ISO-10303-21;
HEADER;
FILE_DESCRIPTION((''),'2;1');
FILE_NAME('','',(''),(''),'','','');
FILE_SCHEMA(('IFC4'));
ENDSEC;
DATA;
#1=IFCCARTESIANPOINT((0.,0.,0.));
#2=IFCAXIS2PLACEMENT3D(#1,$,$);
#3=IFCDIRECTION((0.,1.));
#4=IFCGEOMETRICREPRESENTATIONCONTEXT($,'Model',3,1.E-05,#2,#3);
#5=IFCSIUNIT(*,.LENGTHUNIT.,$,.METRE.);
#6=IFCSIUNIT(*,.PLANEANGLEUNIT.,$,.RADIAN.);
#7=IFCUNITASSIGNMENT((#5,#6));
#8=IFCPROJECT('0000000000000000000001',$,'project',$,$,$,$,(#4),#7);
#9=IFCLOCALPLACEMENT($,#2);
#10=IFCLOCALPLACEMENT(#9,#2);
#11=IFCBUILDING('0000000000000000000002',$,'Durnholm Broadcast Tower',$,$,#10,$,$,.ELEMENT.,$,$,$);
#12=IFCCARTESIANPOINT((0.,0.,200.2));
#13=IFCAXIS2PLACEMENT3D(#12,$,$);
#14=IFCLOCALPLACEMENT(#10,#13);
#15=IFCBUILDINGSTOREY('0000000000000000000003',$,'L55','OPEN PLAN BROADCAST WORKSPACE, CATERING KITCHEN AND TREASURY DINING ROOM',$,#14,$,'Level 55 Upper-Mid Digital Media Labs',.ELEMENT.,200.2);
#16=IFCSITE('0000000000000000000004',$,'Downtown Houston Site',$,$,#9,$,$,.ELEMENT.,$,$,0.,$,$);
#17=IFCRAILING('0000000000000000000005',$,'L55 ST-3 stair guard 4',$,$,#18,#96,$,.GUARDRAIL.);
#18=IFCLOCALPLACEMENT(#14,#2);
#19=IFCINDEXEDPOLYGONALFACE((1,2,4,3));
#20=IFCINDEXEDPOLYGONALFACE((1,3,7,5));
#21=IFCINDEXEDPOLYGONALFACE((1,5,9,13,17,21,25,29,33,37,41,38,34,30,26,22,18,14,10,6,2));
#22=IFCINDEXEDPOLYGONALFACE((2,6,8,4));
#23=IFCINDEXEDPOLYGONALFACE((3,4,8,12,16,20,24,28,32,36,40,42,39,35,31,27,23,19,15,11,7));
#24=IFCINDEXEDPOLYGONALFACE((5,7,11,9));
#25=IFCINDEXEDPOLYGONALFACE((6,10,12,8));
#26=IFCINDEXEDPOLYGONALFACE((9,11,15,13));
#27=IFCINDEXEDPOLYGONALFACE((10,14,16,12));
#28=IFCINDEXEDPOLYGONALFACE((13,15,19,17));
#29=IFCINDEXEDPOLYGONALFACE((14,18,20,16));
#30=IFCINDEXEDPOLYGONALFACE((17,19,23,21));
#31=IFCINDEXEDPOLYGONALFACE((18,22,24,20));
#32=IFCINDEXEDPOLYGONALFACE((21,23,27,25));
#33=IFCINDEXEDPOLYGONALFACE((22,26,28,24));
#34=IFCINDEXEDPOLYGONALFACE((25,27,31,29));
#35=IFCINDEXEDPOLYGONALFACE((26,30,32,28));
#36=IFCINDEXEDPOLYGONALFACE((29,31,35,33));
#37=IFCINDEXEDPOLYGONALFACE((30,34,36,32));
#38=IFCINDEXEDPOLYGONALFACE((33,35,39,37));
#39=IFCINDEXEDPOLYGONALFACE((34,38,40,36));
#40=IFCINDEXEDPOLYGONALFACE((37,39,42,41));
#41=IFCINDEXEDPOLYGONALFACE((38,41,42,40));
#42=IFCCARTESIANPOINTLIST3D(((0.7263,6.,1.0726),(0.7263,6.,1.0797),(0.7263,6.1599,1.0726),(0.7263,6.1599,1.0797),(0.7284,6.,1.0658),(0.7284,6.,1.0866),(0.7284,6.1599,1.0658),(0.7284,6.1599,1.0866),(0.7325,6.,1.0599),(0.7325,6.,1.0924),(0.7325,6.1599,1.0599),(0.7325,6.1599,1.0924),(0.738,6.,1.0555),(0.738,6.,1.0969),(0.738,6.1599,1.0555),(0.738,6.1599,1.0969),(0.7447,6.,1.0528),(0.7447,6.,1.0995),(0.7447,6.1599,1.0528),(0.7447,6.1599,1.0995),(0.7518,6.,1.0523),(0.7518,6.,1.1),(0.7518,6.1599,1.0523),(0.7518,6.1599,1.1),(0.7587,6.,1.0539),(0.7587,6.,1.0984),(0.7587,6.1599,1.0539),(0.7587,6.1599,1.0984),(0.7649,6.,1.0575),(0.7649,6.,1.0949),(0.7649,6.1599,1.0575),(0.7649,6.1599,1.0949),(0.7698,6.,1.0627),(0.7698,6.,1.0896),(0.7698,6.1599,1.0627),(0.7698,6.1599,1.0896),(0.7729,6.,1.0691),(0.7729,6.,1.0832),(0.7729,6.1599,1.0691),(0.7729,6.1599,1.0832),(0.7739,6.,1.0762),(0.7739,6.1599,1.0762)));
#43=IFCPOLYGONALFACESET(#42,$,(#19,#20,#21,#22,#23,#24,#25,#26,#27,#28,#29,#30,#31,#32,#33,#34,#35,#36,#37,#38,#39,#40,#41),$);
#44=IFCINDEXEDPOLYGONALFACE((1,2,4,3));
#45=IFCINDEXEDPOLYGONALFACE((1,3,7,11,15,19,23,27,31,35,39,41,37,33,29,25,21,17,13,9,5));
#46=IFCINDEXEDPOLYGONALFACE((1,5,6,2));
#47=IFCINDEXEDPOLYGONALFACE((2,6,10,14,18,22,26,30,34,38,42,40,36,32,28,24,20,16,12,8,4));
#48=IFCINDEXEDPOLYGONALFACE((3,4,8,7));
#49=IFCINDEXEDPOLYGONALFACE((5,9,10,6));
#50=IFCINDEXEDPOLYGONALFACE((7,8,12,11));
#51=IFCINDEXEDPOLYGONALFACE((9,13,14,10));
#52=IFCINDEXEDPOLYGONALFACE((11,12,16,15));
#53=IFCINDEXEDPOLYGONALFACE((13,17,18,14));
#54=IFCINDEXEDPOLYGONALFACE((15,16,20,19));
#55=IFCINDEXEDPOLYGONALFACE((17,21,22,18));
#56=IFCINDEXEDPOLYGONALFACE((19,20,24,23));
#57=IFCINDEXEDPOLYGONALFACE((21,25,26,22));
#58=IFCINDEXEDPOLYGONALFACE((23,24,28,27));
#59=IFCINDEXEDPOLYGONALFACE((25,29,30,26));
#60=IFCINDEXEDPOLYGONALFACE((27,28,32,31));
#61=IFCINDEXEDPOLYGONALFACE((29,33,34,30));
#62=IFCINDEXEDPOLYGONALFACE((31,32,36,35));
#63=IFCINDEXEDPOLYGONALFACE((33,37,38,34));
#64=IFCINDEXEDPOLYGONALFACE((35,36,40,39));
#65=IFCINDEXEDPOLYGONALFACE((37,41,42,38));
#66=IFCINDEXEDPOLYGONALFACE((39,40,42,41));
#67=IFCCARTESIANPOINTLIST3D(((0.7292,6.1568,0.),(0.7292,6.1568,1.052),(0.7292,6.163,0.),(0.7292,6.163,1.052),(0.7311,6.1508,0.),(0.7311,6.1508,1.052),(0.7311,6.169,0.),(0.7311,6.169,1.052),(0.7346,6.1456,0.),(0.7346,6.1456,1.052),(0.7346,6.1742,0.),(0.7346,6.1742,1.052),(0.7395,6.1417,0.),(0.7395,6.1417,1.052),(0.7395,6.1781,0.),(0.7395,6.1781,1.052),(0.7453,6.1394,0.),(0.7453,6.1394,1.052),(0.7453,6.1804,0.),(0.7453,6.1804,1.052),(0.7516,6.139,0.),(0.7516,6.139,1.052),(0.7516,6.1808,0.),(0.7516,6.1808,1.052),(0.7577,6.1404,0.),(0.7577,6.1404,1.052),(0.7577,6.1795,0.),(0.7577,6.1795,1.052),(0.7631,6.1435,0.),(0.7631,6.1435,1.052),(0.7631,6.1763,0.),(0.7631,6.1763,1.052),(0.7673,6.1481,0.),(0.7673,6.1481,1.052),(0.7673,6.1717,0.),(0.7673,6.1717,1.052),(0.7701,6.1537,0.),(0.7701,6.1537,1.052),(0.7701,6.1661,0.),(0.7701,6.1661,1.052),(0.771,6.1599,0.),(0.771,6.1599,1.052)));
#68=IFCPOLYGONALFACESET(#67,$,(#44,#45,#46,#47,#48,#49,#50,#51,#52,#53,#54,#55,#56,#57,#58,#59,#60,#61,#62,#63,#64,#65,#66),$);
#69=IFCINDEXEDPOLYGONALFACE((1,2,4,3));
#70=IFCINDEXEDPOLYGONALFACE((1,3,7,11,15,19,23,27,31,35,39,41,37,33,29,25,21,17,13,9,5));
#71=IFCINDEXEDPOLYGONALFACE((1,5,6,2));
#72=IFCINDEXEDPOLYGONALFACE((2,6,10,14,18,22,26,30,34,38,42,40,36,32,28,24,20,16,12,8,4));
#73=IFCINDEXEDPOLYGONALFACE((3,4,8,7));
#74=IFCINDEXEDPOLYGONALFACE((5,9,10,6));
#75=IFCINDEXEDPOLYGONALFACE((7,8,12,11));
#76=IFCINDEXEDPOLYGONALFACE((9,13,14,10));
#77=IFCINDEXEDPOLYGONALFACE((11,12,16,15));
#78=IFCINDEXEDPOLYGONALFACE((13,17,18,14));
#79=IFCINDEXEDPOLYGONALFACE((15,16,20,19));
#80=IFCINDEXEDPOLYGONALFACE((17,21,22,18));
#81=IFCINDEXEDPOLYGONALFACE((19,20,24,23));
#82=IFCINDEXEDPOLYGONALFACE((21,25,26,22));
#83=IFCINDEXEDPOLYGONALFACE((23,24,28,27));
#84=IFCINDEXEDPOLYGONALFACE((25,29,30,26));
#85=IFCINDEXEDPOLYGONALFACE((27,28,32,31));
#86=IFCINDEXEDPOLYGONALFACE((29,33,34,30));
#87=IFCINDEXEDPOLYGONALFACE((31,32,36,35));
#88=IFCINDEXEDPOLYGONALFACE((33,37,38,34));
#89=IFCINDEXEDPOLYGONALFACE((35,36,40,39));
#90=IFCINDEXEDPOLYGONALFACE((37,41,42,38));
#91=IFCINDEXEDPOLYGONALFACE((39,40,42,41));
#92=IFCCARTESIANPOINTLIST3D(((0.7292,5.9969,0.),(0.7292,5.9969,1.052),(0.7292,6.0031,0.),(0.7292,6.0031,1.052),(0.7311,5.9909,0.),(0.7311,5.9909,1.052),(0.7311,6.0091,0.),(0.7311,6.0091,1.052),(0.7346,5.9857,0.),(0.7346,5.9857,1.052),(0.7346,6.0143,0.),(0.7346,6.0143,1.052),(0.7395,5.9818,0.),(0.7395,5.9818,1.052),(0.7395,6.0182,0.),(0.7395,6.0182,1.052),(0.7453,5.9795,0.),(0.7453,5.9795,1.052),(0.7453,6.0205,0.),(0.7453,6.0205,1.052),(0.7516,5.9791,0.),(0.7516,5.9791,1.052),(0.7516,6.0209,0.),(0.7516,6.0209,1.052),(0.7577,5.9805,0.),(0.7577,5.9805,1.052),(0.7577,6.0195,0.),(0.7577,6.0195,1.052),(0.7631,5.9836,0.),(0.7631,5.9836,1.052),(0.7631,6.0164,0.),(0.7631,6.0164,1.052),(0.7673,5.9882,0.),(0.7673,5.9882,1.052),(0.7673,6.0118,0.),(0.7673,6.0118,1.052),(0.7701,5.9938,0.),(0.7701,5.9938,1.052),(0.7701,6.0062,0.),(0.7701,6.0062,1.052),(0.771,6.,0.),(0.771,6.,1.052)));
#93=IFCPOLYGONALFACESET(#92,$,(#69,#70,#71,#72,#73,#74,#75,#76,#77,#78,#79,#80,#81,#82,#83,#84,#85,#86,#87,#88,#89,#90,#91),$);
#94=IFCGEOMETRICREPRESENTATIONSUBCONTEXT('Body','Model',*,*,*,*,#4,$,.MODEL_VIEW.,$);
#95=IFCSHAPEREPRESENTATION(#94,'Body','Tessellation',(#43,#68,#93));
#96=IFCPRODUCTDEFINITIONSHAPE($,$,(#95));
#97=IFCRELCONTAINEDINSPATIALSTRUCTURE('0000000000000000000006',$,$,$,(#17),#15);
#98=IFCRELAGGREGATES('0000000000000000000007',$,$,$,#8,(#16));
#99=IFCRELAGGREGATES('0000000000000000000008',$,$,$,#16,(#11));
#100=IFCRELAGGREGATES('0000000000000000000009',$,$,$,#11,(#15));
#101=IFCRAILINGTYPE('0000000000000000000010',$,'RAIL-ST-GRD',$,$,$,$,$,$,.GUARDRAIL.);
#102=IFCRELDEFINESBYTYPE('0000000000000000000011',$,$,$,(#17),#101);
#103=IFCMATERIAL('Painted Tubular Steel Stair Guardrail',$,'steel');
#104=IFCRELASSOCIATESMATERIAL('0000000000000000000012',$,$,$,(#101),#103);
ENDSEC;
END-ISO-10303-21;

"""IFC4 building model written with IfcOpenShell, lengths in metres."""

from ifc_helpers import new_model, si_unit, direction, frame, origin, origin_2d, place, context, subcontext, project, spatial, circle, extrude, material, type_object, element, save


model = new_model("IFC4")

# Units and contexts
model_context = context("Model", 3, precision=1e-05, world=origin(), true_north=direction((0.0, 1.0)))
body_context = subcontext(model_context, "Body", "Model", "MODEL_VIEW")
ifc_project = project(units=[si_unit("LENGTHUNIT", "METRE"), si_unit("PLANEANGLEUNIT", "RADIAN")], contexts=[model_context])

# Site, building, storey
site_placement = place(None, origin())
site = spatial("IfcSite", under=ifc_project, at=site_placement, Name="Downtown Houston Site", CompositionType="ELEMENT", RefElevation=0.0)
building_placement = place(site_placement, origin())
building = spatial("IfcBuilding", under=site, at=building_placement, Name="Durnholm Broadcast Tower", CompositionType="ELEMENT")
storey_placement = place(building_placement, frame((0.0, 0.0, 200.2)))
storey = spatial("IfcBuildingStorey", under=building, at=storey_placement, Name="L55", Description="OPEN PLAN BROADCAST WORKSPACE, CATERING KITCHEN AND TREASURY DINING ROOM", LongName="Level 55 Upper-Mid Digital Media Labs", CompositionType="ELEMENT", Elevation=200.2)

# Railing
ifc_material_1 = material(Name="Painted Tubular Steel Stair Guardrail", Category="steel")
railing_type_1 = type_object("IfcRailingType", Name="RAIL-ST-GRD", PredefinedType="GUARDRAIL", material=ifc_material_1)
railing_1_placement = place(storey_placement, frame((0.75, 6.1599, 0.0)))
element("IfcRailing", 1, at=railing_1_placement, inside=storey, type_object=railing_type_1, Name="L55 ST-3 stair guard 4", PredefinedType="GUARDRAIL", context=body_context, shape_type="SweptSolid", body=[
    extrude(circle(Radius=0.0239, at=origin_2d()), frame((0.0, 0.0, 1.0762), z_axis=(0.0, -1.0, 0.0), x_axis=(1.0, 0.0, 0.0)), (0.0, 0.0, 1.0), 0.1599),
    extrude(circle(Radius=0.021, at=origin_2d()), origin(), (0.0, 0.0, 1.0), 1.052),
    extrude(circle(Radius=0.021, at=origin_2d()), frame((0.0, -0.1599, 0.0)), (0.0, 0.0, 1.0), 1.052),
])

save(model, "model.ifc")
